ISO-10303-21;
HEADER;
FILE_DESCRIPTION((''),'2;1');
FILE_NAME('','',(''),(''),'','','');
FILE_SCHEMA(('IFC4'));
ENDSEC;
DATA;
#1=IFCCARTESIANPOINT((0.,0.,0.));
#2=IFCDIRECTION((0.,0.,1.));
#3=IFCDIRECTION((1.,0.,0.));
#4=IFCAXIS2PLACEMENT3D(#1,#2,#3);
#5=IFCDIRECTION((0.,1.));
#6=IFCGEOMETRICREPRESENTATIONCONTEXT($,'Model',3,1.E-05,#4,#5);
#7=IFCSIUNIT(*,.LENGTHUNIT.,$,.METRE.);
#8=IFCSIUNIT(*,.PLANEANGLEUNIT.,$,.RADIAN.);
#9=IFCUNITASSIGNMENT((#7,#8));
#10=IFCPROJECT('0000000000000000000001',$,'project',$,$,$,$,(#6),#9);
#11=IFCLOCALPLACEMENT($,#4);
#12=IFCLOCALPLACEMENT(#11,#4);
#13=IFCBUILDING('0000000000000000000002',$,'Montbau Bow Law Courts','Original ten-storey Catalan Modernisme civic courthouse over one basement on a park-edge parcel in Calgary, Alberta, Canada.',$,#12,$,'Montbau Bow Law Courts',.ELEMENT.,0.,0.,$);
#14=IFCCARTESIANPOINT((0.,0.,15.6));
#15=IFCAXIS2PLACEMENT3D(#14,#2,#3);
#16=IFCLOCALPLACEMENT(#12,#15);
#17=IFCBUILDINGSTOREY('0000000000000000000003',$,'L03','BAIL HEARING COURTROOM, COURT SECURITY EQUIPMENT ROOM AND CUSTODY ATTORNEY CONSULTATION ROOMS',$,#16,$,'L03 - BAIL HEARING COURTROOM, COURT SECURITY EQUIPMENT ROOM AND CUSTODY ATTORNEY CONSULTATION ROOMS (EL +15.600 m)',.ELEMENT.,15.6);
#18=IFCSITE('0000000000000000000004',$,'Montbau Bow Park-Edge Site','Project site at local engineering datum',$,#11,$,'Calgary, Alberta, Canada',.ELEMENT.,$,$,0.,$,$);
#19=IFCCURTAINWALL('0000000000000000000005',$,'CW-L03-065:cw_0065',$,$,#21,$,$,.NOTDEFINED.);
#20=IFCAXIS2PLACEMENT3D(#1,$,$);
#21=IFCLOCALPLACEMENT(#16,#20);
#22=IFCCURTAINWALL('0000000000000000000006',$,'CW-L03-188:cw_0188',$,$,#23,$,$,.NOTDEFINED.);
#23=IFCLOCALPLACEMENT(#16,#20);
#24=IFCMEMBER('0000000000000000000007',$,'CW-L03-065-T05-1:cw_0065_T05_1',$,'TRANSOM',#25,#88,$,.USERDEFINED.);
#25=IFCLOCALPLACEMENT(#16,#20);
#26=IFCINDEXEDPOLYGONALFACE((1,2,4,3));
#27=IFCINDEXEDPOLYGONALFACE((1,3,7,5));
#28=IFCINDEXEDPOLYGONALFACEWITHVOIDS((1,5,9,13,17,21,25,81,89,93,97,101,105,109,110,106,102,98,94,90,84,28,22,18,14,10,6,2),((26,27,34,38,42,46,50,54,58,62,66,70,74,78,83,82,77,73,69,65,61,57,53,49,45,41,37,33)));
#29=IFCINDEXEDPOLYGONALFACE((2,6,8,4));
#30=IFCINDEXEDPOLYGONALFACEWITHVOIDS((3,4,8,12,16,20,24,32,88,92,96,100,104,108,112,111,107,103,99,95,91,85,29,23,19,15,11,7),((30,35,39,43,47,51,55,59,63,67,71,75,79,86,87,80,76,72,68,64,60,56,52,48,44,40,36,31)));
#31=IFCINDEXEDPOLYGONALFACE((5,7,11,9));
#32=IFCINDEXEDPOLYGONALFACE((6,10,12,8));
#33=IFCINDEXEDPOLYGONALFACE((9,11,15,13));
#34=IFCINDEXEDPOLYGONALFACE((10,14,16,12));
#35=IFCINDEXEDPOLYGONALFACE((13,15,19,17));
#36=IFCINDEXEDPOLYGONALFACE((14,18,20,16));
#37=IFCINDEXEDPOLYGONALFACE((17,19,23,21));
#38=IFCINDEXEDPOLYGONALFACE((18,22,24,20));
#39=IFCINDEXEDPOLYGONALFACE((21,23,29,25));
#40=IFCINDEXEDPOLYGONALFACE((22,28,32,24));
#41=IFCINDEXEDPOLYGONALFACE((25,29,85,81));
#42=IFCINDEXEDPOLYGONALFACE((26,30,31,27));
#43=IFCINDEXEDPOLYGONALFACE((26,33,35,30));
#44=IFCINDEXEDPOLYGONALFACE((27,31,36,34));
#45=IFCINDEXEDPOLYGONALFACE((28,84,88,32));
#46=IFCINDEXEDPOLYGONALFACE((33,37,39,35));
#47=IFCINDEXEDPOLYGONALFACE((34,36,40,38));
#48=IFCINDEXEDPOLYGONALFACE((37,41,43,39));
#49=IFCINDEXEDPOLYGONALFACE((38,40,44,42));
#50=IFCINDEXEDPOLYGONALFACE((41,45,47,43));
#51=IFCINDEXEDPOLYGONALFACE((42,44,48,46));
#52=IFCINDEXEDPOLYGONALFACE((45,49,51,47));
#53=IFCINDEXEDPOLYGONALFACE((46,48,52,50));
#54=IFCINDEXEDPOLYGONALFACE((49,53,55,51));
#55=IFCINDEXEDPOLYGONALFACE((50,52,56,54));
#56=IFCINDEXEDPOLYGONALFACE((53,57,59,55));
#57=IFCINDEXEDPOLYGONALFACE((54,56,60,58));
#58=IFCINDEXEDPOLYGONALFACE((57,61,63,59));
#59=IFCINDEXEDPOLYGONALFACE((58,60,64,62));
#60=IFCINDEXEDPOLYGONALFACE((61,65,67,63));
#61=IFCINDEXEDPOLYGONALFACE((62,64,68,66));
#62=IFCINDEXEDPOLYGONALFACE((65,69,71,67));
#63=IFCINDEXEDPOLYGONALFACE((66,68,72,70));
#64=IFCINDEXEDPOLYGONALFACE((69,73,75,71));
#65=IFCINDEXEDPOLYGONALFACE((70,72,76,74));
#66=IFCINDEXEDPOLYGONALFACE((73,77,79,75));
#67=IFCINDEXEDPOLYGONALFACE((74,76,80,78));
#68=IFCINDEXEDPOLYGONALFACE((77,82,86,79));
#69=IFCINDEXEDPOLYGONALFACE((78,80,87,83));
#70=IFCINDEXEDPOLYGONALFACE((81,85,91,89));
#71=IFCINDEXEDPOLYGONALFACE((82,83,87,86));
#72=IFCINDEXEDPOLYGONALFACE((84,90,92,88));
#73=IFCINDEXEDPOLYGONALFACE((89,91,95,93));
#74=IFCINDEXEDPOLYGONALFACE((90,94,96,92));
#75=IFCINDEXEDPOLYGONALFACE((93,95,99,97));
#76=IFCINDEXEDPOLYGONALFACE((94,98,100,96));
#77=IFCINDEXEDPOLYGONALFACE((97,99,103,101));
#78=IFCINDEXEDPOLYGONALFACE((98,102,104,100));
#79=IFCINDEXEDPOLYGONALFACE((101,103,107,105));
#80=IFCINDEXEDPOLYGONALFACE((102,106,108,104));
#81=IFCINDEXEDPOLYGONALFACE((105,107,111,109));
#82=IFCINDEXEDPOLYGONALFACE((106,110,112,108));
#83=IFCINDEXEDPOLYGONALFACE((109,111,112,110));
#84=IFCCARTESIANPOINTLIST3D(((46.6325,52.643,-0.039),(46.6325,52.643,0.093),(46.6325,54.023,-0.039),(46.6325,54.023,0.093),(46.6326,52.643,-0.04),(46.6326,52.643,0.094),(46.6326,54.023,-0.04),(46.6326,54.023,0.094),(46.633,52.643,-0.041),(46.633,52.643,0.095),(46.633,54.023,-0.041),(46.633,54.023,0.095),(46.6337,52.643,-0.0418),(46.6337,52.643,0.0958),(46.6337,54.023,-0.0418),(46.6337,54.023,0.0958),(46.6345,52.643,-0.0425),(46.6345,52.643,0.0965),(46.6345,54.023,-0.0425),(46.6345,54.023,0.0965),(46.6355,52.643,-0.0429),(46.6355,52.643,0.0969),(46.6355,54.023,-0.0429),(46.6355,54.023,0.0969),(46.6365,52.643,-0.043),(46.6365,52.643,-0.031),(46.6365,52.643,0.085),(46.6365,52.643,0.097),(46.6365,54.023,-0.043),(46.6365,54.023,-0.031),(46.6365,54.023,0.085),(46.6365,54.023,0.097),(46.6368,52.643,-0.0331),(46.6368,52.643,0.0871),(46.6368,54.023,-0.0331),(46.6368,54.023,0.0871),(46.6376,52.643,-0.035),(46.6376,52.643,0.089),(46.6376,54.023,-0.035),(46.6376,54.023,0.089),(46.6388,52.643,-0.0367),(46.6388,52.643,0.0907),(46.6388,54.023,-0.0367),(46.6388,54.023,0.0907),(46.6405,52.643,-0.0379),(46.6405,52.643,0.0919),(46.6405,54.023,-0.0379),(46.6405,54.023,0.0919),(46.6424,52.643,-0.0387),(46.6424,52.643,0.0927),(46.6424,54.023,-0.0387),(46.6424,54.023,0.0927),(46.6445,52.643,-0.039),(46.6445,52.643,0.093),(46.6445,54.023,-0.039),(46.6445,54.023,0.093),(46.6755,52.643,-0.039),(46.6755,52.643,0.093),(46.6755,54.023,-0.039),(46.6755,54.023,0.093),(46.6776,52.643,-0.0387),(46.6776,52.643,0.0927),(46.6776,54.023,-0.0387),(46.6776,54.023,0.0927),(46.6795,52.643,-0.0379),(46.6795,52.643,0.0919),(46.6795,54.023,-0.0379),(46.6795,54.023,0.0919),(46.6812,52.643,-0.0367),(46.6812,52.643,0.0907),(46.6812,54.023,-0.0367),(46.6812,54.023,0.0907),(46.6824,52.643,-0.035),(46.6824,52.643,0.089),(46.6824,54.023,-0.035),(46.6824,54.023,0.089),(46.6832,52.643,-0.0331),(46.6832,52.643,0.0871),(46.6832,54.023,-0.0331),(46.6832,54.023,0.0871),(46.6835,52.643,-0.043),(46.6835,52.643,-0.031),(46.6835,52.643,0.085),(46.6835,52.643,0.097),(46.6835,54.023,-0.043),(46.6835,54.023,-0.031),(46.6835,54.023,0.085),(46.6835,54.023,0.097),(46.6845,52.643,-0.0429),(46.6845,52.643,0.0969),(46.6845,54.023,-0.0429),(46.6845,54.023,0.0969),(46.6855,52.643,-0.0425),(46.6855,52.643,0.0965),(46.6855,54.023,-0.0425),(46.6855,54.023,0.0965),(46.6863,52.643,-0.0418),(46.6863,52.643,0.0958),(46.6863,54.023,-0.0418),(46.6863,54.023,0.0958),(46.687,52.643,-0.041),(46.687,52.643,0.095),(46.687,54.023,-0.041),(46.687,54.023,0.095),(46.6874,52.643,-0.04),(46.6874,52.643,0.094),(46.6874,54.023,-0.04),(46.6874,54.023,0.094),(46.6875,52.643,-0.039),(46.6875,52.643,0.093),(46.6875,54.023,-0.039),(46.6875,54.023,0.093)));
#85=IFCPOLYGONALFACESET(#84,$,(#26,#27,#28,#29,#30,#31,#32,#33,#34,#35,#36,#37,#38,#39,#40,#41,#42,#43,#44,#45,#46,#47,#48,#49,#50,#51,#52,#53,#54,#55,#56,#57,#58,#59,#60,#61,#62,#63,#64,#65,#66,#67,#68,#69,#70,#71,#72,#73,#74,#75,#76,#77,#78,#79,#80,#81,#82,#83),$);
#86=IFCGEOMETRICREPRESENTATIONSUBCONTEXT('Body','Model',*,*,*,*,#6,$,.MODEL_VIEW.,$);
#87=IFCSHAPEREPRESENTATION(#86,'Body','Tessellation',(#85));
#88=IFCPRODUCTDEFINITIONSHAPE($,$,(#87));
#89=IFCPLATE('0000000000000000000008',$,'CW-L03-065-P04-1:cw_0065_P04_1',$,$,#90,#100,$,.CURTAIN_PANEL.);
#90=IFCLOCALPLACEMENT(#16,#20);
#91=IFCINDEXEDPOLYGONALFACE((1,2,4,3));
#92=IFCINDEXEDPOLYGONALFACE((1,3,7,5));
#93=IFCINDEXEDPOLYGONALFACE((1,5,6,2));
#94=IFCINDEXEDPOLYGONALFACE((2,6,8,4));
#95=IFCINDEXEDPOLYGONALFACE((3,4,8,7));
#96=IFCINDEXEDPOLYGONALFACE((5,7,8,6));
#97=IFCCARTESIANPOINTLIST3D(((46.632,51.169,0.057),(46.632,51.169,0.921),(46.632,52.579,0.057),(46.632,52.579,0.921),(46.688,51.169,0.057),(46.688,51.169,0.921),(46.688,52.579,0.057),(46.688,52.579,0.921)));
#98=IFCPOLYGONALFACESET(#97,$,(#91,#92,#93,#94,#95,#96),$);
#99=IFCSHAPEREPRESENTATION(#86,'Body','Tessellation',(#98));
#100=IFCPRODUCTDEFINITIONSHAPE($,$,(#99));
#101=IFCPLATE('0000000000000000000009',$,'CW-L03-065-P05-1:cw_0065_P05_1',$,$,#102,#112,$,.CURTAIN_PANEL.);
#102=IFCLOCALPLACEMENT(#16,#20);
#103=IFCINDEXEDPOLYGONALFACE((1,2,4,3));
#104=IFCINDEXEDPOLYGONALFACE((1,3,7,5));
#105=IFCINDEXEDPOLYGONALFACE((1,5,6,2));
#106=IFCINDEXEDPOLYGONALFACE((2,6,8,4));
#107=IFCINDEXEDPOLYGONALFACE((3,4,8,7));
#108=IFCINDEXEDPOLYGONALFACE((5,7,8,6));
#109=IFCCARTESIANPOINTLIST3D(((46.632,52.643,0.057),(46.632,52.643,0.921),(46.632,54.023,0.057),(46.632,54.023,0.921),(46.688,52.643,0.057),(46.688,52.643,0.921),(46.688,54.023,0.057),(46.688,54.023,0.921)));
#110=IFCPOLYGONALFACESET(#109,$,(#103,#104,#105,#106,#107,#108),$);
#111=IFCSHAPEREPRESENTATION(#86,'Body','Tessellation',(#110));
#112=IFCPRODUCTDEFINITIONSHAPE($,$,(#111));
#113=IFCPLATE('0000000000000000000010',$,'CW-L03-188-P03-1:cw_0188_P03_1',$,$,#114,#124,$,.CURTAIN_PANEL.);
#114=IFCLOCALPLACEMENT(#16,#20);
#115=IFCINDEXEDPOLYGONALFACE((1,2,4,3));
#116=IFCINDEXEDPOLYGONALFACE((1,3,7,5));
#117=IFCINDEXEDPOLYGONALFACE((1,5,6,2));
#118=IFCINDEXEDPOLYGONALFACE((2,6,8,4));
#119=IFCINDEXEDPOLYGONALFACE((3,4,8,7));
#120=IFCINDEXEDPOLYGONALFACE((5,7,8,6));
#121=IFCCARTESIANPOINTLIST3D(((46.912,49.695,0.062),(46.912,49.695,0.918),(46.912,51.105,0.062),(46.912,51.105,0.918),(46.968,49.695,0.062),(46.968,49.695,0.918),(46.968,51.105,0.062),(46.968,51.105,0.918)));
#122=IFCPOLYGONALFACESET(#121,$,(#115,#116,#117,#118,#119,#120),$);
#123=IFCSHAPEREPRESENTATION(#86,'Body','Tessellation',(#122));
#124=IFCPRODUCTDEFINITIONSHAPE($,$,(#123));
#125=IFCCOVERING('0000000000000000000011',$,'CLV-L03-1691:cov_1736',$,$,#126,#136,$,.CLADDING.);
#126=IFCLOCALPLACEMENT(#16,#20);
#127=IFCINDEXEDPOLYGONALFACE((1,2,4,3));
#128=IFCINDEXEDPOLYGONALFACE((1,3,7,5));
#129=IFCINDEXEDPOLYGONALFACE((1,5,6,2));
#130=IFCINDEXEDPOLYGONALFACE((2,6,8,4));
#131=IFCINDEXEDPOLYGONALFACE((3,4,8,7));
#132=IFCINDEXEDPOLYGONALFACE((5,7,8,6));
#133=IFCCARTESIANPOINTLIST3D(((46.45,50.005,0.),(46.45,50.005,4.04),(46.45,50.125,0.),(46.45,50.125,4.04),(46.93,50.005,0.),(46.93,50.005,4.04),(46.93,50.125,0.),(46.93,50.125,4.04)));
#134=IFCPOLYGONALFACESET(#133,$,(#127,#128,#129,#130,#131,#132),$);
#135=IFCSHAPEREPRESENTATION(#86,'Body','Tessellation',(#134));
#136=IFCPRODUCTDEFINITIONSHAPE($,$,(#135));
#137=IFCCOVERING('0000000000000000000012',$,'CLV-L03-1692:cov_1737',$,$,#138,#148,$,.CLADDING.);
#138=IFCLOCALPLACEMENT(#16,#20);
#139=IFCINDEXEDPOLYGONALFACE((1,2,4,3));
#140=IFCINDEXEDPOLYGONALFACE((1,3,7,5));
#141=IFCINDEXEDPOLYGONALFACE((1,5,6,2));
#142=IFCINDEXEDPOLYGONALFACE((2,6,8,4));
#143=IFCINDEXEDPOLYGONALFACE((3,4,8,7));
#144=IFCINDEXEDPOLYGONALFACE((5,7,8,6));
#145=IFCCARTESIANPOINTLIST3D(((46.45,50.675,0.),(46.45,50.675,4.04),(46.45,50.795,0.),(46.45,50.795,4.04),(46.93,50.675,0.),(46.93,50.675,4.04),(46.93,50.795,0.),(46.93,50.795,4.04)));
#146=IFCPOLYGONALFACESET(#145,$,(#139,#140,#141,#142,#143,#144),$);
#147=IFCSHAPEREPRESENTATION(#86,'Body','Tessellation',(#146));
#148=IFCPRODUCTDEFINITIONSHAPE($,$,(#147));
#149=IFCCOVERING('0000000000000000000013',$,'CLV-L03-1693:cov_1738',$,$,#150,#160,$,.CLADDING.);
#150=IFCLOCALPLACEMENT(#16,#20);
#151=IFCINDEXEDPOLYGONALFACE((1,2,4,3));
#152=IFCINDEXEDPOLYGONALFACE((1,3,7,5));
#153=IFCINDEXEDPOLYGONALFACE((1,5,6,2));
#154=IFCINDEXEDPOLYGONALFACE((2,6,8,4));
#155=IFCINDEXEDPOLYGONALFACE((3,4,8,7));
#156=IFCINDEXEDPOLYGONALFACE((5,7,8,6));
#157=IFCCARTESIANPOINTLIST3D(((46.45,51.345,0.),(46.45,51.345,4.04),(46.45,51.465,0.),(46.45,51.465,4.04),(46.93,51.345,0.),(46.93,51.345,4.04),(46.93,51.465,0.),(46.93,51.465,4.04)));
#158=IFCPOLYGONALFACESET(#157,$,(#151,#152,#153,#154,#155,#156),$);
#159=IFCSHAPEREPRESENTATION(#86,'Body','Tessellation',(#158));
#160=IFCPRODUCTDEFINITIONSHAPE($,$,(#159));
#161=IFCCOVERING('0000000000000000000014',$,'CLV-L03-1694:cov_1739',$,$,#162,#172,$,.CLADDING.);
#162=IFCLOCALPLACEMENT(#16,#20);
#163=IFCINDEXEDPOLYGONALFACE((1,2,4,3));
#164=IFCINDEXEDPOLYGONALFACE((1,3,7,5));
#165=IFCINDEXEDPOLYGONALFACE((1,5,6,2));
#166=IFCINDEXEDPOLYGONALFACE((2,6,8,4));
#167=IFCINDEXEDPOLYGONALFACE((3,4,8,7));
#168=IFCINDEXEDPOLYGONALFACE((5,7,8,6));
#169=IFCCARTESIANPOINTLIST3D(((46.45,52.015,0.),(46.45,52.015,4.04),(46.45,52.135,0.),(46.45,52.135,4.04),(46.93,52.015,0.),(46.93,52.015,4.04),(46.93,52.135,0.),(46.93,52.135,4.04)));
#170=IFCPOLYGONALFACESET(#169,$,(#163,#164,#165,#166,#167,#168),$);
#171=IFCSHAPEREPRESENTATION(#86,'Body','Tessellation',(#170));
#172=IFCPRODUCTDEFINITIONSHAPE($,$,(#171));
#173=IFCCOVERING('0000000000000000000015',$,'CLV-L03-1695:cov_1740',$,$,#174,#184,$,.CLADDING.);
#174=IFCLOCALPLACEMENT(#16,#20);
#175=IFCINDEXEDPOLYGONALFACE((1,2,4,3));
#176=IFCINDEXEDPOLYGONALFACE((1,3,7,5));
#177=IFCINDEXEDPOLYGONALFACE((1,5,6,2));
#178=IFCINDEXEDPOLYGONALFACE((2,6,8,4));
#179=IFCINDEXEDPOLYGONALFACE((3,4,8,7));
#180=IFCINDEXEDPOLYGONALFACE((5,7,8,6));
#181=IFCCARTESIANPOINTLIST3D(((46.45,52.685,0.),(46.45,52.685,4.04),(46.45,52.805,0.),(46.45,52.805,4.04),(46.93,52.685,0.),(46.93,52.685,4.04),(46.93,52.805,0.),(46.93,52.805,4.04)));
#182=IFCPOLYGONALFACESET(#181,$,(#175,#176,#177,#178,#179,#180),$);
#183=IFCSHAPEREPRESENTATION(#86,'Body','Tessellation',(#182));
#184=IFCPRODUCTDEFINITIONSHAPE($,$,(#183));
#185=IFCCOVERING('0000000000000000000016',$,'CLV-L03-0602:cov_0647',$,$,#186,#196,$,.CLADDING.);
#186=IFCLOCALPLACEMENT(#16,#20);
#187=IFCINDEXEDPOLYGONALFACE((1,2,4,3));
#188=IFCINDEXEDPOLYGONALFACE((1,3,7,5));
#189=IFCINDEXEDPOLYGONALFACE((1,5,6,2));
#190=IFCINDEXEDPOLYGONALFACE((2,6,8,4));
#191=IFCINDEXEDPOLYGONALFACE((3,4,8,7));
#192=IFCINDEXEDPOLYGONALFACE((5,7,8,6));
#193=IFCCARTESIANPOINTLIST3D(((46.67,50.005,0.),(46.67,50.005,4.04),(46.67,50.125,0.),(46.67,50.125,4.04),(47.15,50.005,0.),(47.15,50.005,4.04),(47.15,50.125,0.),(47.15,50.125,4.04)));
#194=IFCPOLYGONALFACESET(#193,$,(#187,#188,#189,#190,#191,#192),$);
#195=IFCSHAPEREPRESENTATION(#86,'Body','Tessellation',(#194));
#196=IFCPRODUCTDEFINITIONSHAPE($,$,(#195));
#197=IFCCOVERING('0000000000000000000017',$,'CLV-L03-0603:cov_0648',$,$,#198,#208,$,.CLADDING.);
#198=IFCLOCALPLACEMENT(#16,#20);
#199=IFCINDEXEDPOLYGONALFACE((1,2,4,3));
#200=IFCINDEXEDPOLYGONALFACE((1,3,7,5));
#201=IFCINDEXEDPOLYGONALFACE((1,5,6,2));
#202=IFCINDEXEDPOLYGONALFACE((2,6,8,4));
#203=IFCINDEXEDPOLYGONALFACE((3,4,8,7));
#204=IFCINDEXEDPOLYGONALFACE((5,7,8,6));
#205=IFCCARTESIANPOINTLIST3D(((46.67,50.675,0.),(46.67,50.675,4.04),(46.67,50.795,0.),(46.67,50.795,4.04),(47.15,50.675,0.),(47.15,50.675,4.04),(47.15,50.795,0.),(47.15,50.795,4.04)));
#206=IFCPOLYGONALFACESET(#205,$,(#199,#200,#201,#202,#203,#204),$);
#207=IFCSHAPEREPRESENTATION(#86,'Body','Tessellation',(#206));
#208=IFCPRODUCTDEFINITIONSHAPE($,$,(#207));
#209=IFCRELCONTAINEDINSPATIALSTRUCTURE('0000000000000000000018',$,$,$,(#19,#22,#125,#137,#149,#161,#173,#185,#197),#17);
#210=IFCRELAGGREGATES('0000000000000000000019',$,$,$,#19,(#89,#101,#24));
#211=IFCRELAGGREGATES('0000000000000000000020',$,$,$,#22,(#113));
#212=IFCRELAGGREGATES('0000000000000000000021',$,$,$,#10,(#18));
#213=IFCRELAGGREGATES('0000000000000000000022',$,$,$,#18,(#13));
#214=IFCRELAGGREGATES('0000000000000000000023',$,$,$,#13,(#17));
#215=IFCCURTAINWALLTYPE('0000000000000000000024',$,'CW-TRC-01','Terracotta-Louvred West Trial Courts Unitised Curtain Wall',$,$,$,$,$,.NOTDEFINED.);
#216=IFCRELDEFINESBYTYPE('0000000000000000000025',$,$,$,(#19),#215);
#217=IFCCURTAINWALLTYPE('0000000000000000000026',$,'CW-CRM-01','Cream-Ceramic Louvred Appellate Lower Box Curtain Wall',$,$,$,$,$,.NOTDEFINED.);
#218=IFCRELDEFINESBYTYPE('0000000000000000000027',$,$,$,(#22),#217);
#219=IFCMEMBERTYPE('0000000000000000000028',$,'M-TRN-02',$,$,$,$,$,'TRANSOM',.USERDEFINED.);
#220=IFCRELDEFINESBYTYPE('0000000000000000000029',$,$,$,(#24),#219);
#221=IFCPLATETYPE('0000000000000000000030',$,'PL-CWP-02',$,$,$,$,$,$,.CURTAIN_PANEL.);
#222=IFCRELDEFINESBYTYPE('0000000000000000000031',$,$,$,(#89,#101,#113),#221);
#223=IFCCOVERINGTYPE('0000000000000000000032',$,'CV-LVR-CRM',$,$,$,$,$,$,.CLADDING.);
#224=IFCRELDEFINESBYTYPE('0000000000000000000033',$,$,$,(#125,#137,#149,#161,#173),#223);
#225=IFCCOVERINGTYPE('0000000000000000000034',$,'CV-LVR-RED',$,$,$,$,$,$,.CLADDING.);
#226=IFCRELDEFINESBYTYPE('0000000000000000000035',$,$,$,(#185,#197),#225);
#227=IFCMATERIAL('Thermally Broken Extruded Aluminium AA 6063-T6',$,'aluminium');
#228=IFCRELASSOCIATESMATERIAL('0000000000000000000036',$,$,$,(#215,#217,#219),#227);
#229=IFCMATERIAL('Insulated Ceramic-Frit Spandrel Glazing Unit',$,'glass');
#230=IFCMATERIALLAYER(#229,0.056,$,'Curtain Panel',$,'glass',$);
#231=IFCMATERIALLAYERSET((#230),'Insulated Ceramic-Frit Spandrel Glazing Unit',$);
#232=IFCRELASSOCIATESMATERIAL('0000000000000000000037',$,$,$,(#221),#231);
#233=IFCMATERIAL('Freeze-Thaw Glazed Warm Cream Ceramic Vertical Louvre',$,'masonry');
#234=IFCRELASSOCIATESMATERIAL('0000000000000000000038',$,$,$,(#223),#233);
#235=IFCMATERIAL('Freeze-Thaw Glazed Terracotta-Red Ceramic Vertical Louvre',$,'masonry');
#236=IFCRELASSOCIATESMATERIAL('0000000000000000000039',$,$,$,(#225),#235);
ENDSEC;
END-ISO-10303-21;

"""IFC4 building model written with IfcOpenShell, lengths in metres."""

from ifc_helpers import new_model, si_unit, direction, frame, frame_2d, origin_with_axes, origin_2d_with_axis, place, context, subcontext, project, spatial, rectangle, hollow_rectangle, extrude, material, layer, layer_set, material_profile, profile_set, type_object, element, aggregate, save


model = new_model("IFC4")

# Units and contexts
model_context = context("Model", 3, precision=1e-05, world=origin_with_axes(), true_north=direction((0.0, 1.0)))
body_context = subcontext(model_context, "Body", "Model", "MODEL_VIEW")
ifc_project = project(units=[si_unit("LENGTHUNIT", "METRE"), si_unit("PLANEANGLEUNIT", "RADIAN")], contexts=[model_context])

# Site, building, storey
site_placement = place(None, origin_with_axes())
site = spatial("IfcSite", under=ifc_project, at=site_placement, Name="Montbau Bow Park-Edge Site", Description="Project site at local engineering datum", LongName="Calgary, Alberta, Canada", CompositionType="ELEMENT", RefElevation=0.0)
building_placement = place(site_placement, origin_with_axes())
building = spatial("IfcBuilding", under=site, at=building_placement, Name="Montbau Bow Law Courts", Description="Original ten-storey Catalan Modernisme civic courthouse over one basement on a park-edge parcel in Calgary, Alberta, Canada.", LongName="Montbau Bow Law Courts", CompositionType="ELEMENT", ElevationOfRefHeight=0.0, ElevationOfTerrain=0.0)
storey_placement = place(building_placement, frame((0.0, 0.0, 15.6), z_axis=(0.0, 0.0, 1.0), x_axis=(1.0, 0.0, 0.0)))
storey = spatial("IfcBuildingStorey", under=building, at=storey_placement, Name="L03", Description="BAIL HEARING COURTROOM, COURT SECURITY EQUIPMENT ROOM AND CUSTODY ATTORNEY CONSULTATION ROOMS", LongName="L03 - BAIL HEARING COURTROOM, COURT SECURITY EQUIPMENT ROOM AND CUSTODY ATTORNEY CONSULTATION ROOMS (EL +15.600 m)", CompositionType="ELEMENT", Elevation=15.6)

# Curtain walls
ifc_material_1 = material(Name="Thermally Broken Extruded Aluminium AA 6063-T6", Category="aluminium")
curtain_wall_type_1 = type_object("IfcCurtainWallType", Name="CW-TRC-01", Description="Terracotta-Louvred West Trial Courts Unitised Curtain Wall", PredefinedType="NOTDEFINED", material=ifc_material_1)
curtain_wall_1_placement = place(None, frame((46.66, 46.715, 15.6), z_axis=(0.0, 0.0, 1.0), x_axis=(1.0, 0.0, 0.0)))
curtain_wall_1 = element("IfcCurtainWall", 1, at=curtain_wall_1_placement, inside=storey, type_object=curtain_wall_type_1, Name="CW-L03-065:cw_0065", PredefinedType="NOTDEFINED")
curtain_wall_type_2 = type_object("IfcCurtainWallType", Name="CW-CRM-01", Description="Cream-Ceramic Louvred Appellate Lower Box Curtain Wall", PredefinedType="NOTDEFINED", material=ifc_material_1)
curtain_wall_2_placement = place(None, frame((46.94, 46.715, 15.6), z_axis=(0.0, 0.0, 1.0), x_axis=(1.0, 0.0, 0.0)))
curtain_wall_2 = element("IfcCurtainWall", 2, at=curtain_wall_2_placement, inside=storey, type_object=curtain_wall_type_2, Name="CW-L03-188:cw_0188", PredefinedType="NOTDEFINED")

# Member
ifc_material_profile_1 = material_profile(ifc_material_1, hollow_rectangle(XDim=0.055, YDim=0.14, WallThickness=0.004, InnerFilletRadius=0.008, OuterFilletRadius=0.004, at=origin_2d_with_axis()), Name="CWT-140X55", Category="Main", Priority=0)
ifc_profile_set_1 = profile_set([ifc_material_profile_1], Name="Thermally Broken Extruded Aluminium AA 6063-T6")
member_type_1 = type_object("IfcMemberType", Name="M-TRN-02", ElementType="TRANSOM", PredefinedType="USERDEFINED", material=ifc_profile_set_1)
member_1_placement = place(None, frame((46.66, 52.643, 15.627), z_axis=(0.0, 1.0, 0.0), x_axis=(-1.0, 0.0, 0.0)))
member_1 = element("IfcMember", 3, at=member_1_placement, type_object=member_type_1, Name="CW-L03-065-T05-1:cw_0065_T05_1", ObjectType="TRANSOM", PredefinedType="USERDEFINED", context=body_context, shape_type="SweptSolid", body=[
    extrude(hollow_rectangle(XDim=0.055, YDim=0.14, WallThickness=0.004, InnerFilletRadius=0.008, OuterFilletRadius=0.004, at=origin_2d_with_axis()), origin_with_axes(), (0.0, 0.0, 1.0), 1.38),
])

# Plates
ifc_material_2 = material(Name="Insulated Ceramic-Frit Spandrel Glazing Unit", Category="glass")
ifc_layer = layer(ifc_material_2, 0.056, Name="Curtain Panel", Category="glass")
ifc_layer_set = layer_set([ifc_layer], Name="Insulated Ceramic-Frit Spandrel Glazing Unit")
plate_type = type_object("IfcPlateType", Name="PL-CWP-02", PredefinedType="CURTAIN_PANEL", material=ifc_layer_set)
plate_1_placement = place(None, frame((46.66, 51.169, 15.657), z_axis=(1.0, 0.0, 0.0), x_axis=(0.0, 1.0, 0.0)))
plate_1 = element("IfcPlate", 4, at=plate_1_placement, type_object=plate_type, Name="CW-L03-065-P04-1:cw_0065_P04_1", PredefinedType="CURTAIN_PANEL", context=body_context, shape_type="SweptSolid", body=[
    extrude(rectangle(XDim=1.41, YDim=0.864, at=frame_2d((0.705, 0.432), x_axis=(1.0, 0.0))), frame((0.0, 0.0, -0.028), z_axis=(0.0, 0.0, 1.0), x_axis=(1.0, 0.0, 0.0)), (0.0, 0.0, 1.0), 0.056),
])
plate_2_placement = place(None, frame((46.66, 52.643, 15.657), z_axis=(1.0, 0.0, 0.0), x_axis=(0.0, 1.0, 0.0)))
plate_2 = element("IfcPlate", 5, at=plate_2_placement, type_object=plate_type, Name="CW-L03-065-P05-1:cw_0065_P05_1", PredefinedType="CURTAIN_PANEL", context=body_context, shape_type="SweptSolid", body=[
    extrude(rectangle(XDim=1.38, YDim=0.864, at=frame_2d((0.69, 0.432), x_axis=(1.0, 0.0))), frame((0.0, 0.0, -0.028), z_axis=(0.0, 0.0, 1.0), x_axis=(1.0, 0.0, 0.0)), (0.0, 0.0, 1.0), 0.056),
])
aggregate(curtain_wall_1, [plate_1, plate_2, member_1])
plate_3_placement = place(None, frame((46.94, 49.695, 15.662), z_axis=(1.0, 0.0, 0.0), x_axis=(0.0, 1.0, 0.0)))
plate_3 = element("IfcPlate", 6, at=plate_3_placement, type_object=plate_type, Name="CW-L03-188-P03-1:cw_0188_P03_1", PredefinedType="CURTAIN_PANEL", context=body_context, shape_type="SweptSolid", body=[
    extrude(rectangle(XDim=1.41, YDim=0.856, at=frame_2d((0.705, 0.428), x_axis=(1.0, 0.0))), frame((0.0, 0.0, -0.028), z_axis=(0.0, 0.0, 1.0), x_axis=(1.0, 0.0, 0.0)), (0.0, 0.0, 1.0), 0.056),
])
aggregate(curtain_wall_2, [plate_3])

# Coverings
ifc_material_3 = material(Name="Freeze-Thaw Glazed Warm Cream Ceramic Vertical Louvre", Category="masonry")
covering_type_1 = type_object("IfcCoveringType", Name="CV-LVR-CRM", PredefinedType="CLADDING", material=ifc_material_3)
for number, where, z_axis, x_axis, name in (
    (7, (46.93, 50.065, 15.6), (0.0, 1.0, 0.0), (-1.0, 0.0, 0.0), "CLV-L03-1691:cov_1736"),
    (8, (46.93, 50.735, 15.6), (0.0, 1.0, 0.0), (-1.0, 0.0, 0.0), "CLV-L03-1692:cov_1737"),
    (9, (46.93, 51.405, 15.6), (0.0, 1.0, 0.0), (-1.0, 0.0, 0.0), "CLV-L03-1693:cov_1738"),
    (10, (46.93, 52.075, 15.6), (0.0, 1.0, 0.0), (-1.0, 0.0, 0.0), "CLV-L03-1694:cov_1739"),
    (11, (46.93, 52.745, 15.6), (0.0, 1.0, 0.0), (-1.0, 0.0, 0.0), "CLV-L03-1695:cov_1740"),
):
    element("IfcCovering", number, at=place(None, frame(where, z_axis=z_axis, x_axis=x_axis)), inside=storey, type_object=covering_type_1, Name=name, PredefinedType="CLADDING", context=body_context, shape_type="SweptSolid", body=[
        extrude(rectangle(XDim=0.48, YDim=4.04, at=frame_2d((0.24, 2.02), x_axis=(1.0, 0.0))), frame((0.0, 0.0, -0.06), z_axis=(0.0, 0.0, 1.0), x_axis=(1.0, 0.0, 0.0)), (0.0, 0.0, 1.0), 0.12),
    ])
ifc_material_4 = material(Name="Freeze-Thaw Glazed Terracotta-Red Ceramic Vertical Louvre", Category="masonry")
covering_type_2 = type_object("IfcCoveringType", Name="CV-LVR-RED", PredefinedType="CLADDING", material=ifc_material_4)
for number, where, z_axis, x_axis, name in (
    (12, (46.67, 50.065, 15.6), (0.0, -1.0, 0.0), (1.0, 0.0, 0.0), "CLV-L03-0602:cov_0647"),
    (13, (46.67, 50.735, 15.6), (0.0, -1.0, 0.0), (1.0, 0.0, 0.0), "CLV-L03-0603:cov_0648"),
):
    element("IfcCovering", number, at=place(None, frame(where, z_axis=z_axis, x_axis=x_axis)), inside=storey, type_object=covering_type_2, Name=name, PredefinedType="CLADDING", context=body_context, shape_type="SweptSolid", body=[
        extrude(rectangle(XDim=0.48, YDim=4.04, at=frame_2d((0.24, 2.02), x_axis=(1.0, 0.0))), frame((0.0, 0.0, -0.06), z_axis=(0.0, 0.0, 1.0), x_axis=(1.0, 0.0, 0.0)), (0.0, 0.0, 1.0), 0.12),
    ])

save(model, "model.ifc")
